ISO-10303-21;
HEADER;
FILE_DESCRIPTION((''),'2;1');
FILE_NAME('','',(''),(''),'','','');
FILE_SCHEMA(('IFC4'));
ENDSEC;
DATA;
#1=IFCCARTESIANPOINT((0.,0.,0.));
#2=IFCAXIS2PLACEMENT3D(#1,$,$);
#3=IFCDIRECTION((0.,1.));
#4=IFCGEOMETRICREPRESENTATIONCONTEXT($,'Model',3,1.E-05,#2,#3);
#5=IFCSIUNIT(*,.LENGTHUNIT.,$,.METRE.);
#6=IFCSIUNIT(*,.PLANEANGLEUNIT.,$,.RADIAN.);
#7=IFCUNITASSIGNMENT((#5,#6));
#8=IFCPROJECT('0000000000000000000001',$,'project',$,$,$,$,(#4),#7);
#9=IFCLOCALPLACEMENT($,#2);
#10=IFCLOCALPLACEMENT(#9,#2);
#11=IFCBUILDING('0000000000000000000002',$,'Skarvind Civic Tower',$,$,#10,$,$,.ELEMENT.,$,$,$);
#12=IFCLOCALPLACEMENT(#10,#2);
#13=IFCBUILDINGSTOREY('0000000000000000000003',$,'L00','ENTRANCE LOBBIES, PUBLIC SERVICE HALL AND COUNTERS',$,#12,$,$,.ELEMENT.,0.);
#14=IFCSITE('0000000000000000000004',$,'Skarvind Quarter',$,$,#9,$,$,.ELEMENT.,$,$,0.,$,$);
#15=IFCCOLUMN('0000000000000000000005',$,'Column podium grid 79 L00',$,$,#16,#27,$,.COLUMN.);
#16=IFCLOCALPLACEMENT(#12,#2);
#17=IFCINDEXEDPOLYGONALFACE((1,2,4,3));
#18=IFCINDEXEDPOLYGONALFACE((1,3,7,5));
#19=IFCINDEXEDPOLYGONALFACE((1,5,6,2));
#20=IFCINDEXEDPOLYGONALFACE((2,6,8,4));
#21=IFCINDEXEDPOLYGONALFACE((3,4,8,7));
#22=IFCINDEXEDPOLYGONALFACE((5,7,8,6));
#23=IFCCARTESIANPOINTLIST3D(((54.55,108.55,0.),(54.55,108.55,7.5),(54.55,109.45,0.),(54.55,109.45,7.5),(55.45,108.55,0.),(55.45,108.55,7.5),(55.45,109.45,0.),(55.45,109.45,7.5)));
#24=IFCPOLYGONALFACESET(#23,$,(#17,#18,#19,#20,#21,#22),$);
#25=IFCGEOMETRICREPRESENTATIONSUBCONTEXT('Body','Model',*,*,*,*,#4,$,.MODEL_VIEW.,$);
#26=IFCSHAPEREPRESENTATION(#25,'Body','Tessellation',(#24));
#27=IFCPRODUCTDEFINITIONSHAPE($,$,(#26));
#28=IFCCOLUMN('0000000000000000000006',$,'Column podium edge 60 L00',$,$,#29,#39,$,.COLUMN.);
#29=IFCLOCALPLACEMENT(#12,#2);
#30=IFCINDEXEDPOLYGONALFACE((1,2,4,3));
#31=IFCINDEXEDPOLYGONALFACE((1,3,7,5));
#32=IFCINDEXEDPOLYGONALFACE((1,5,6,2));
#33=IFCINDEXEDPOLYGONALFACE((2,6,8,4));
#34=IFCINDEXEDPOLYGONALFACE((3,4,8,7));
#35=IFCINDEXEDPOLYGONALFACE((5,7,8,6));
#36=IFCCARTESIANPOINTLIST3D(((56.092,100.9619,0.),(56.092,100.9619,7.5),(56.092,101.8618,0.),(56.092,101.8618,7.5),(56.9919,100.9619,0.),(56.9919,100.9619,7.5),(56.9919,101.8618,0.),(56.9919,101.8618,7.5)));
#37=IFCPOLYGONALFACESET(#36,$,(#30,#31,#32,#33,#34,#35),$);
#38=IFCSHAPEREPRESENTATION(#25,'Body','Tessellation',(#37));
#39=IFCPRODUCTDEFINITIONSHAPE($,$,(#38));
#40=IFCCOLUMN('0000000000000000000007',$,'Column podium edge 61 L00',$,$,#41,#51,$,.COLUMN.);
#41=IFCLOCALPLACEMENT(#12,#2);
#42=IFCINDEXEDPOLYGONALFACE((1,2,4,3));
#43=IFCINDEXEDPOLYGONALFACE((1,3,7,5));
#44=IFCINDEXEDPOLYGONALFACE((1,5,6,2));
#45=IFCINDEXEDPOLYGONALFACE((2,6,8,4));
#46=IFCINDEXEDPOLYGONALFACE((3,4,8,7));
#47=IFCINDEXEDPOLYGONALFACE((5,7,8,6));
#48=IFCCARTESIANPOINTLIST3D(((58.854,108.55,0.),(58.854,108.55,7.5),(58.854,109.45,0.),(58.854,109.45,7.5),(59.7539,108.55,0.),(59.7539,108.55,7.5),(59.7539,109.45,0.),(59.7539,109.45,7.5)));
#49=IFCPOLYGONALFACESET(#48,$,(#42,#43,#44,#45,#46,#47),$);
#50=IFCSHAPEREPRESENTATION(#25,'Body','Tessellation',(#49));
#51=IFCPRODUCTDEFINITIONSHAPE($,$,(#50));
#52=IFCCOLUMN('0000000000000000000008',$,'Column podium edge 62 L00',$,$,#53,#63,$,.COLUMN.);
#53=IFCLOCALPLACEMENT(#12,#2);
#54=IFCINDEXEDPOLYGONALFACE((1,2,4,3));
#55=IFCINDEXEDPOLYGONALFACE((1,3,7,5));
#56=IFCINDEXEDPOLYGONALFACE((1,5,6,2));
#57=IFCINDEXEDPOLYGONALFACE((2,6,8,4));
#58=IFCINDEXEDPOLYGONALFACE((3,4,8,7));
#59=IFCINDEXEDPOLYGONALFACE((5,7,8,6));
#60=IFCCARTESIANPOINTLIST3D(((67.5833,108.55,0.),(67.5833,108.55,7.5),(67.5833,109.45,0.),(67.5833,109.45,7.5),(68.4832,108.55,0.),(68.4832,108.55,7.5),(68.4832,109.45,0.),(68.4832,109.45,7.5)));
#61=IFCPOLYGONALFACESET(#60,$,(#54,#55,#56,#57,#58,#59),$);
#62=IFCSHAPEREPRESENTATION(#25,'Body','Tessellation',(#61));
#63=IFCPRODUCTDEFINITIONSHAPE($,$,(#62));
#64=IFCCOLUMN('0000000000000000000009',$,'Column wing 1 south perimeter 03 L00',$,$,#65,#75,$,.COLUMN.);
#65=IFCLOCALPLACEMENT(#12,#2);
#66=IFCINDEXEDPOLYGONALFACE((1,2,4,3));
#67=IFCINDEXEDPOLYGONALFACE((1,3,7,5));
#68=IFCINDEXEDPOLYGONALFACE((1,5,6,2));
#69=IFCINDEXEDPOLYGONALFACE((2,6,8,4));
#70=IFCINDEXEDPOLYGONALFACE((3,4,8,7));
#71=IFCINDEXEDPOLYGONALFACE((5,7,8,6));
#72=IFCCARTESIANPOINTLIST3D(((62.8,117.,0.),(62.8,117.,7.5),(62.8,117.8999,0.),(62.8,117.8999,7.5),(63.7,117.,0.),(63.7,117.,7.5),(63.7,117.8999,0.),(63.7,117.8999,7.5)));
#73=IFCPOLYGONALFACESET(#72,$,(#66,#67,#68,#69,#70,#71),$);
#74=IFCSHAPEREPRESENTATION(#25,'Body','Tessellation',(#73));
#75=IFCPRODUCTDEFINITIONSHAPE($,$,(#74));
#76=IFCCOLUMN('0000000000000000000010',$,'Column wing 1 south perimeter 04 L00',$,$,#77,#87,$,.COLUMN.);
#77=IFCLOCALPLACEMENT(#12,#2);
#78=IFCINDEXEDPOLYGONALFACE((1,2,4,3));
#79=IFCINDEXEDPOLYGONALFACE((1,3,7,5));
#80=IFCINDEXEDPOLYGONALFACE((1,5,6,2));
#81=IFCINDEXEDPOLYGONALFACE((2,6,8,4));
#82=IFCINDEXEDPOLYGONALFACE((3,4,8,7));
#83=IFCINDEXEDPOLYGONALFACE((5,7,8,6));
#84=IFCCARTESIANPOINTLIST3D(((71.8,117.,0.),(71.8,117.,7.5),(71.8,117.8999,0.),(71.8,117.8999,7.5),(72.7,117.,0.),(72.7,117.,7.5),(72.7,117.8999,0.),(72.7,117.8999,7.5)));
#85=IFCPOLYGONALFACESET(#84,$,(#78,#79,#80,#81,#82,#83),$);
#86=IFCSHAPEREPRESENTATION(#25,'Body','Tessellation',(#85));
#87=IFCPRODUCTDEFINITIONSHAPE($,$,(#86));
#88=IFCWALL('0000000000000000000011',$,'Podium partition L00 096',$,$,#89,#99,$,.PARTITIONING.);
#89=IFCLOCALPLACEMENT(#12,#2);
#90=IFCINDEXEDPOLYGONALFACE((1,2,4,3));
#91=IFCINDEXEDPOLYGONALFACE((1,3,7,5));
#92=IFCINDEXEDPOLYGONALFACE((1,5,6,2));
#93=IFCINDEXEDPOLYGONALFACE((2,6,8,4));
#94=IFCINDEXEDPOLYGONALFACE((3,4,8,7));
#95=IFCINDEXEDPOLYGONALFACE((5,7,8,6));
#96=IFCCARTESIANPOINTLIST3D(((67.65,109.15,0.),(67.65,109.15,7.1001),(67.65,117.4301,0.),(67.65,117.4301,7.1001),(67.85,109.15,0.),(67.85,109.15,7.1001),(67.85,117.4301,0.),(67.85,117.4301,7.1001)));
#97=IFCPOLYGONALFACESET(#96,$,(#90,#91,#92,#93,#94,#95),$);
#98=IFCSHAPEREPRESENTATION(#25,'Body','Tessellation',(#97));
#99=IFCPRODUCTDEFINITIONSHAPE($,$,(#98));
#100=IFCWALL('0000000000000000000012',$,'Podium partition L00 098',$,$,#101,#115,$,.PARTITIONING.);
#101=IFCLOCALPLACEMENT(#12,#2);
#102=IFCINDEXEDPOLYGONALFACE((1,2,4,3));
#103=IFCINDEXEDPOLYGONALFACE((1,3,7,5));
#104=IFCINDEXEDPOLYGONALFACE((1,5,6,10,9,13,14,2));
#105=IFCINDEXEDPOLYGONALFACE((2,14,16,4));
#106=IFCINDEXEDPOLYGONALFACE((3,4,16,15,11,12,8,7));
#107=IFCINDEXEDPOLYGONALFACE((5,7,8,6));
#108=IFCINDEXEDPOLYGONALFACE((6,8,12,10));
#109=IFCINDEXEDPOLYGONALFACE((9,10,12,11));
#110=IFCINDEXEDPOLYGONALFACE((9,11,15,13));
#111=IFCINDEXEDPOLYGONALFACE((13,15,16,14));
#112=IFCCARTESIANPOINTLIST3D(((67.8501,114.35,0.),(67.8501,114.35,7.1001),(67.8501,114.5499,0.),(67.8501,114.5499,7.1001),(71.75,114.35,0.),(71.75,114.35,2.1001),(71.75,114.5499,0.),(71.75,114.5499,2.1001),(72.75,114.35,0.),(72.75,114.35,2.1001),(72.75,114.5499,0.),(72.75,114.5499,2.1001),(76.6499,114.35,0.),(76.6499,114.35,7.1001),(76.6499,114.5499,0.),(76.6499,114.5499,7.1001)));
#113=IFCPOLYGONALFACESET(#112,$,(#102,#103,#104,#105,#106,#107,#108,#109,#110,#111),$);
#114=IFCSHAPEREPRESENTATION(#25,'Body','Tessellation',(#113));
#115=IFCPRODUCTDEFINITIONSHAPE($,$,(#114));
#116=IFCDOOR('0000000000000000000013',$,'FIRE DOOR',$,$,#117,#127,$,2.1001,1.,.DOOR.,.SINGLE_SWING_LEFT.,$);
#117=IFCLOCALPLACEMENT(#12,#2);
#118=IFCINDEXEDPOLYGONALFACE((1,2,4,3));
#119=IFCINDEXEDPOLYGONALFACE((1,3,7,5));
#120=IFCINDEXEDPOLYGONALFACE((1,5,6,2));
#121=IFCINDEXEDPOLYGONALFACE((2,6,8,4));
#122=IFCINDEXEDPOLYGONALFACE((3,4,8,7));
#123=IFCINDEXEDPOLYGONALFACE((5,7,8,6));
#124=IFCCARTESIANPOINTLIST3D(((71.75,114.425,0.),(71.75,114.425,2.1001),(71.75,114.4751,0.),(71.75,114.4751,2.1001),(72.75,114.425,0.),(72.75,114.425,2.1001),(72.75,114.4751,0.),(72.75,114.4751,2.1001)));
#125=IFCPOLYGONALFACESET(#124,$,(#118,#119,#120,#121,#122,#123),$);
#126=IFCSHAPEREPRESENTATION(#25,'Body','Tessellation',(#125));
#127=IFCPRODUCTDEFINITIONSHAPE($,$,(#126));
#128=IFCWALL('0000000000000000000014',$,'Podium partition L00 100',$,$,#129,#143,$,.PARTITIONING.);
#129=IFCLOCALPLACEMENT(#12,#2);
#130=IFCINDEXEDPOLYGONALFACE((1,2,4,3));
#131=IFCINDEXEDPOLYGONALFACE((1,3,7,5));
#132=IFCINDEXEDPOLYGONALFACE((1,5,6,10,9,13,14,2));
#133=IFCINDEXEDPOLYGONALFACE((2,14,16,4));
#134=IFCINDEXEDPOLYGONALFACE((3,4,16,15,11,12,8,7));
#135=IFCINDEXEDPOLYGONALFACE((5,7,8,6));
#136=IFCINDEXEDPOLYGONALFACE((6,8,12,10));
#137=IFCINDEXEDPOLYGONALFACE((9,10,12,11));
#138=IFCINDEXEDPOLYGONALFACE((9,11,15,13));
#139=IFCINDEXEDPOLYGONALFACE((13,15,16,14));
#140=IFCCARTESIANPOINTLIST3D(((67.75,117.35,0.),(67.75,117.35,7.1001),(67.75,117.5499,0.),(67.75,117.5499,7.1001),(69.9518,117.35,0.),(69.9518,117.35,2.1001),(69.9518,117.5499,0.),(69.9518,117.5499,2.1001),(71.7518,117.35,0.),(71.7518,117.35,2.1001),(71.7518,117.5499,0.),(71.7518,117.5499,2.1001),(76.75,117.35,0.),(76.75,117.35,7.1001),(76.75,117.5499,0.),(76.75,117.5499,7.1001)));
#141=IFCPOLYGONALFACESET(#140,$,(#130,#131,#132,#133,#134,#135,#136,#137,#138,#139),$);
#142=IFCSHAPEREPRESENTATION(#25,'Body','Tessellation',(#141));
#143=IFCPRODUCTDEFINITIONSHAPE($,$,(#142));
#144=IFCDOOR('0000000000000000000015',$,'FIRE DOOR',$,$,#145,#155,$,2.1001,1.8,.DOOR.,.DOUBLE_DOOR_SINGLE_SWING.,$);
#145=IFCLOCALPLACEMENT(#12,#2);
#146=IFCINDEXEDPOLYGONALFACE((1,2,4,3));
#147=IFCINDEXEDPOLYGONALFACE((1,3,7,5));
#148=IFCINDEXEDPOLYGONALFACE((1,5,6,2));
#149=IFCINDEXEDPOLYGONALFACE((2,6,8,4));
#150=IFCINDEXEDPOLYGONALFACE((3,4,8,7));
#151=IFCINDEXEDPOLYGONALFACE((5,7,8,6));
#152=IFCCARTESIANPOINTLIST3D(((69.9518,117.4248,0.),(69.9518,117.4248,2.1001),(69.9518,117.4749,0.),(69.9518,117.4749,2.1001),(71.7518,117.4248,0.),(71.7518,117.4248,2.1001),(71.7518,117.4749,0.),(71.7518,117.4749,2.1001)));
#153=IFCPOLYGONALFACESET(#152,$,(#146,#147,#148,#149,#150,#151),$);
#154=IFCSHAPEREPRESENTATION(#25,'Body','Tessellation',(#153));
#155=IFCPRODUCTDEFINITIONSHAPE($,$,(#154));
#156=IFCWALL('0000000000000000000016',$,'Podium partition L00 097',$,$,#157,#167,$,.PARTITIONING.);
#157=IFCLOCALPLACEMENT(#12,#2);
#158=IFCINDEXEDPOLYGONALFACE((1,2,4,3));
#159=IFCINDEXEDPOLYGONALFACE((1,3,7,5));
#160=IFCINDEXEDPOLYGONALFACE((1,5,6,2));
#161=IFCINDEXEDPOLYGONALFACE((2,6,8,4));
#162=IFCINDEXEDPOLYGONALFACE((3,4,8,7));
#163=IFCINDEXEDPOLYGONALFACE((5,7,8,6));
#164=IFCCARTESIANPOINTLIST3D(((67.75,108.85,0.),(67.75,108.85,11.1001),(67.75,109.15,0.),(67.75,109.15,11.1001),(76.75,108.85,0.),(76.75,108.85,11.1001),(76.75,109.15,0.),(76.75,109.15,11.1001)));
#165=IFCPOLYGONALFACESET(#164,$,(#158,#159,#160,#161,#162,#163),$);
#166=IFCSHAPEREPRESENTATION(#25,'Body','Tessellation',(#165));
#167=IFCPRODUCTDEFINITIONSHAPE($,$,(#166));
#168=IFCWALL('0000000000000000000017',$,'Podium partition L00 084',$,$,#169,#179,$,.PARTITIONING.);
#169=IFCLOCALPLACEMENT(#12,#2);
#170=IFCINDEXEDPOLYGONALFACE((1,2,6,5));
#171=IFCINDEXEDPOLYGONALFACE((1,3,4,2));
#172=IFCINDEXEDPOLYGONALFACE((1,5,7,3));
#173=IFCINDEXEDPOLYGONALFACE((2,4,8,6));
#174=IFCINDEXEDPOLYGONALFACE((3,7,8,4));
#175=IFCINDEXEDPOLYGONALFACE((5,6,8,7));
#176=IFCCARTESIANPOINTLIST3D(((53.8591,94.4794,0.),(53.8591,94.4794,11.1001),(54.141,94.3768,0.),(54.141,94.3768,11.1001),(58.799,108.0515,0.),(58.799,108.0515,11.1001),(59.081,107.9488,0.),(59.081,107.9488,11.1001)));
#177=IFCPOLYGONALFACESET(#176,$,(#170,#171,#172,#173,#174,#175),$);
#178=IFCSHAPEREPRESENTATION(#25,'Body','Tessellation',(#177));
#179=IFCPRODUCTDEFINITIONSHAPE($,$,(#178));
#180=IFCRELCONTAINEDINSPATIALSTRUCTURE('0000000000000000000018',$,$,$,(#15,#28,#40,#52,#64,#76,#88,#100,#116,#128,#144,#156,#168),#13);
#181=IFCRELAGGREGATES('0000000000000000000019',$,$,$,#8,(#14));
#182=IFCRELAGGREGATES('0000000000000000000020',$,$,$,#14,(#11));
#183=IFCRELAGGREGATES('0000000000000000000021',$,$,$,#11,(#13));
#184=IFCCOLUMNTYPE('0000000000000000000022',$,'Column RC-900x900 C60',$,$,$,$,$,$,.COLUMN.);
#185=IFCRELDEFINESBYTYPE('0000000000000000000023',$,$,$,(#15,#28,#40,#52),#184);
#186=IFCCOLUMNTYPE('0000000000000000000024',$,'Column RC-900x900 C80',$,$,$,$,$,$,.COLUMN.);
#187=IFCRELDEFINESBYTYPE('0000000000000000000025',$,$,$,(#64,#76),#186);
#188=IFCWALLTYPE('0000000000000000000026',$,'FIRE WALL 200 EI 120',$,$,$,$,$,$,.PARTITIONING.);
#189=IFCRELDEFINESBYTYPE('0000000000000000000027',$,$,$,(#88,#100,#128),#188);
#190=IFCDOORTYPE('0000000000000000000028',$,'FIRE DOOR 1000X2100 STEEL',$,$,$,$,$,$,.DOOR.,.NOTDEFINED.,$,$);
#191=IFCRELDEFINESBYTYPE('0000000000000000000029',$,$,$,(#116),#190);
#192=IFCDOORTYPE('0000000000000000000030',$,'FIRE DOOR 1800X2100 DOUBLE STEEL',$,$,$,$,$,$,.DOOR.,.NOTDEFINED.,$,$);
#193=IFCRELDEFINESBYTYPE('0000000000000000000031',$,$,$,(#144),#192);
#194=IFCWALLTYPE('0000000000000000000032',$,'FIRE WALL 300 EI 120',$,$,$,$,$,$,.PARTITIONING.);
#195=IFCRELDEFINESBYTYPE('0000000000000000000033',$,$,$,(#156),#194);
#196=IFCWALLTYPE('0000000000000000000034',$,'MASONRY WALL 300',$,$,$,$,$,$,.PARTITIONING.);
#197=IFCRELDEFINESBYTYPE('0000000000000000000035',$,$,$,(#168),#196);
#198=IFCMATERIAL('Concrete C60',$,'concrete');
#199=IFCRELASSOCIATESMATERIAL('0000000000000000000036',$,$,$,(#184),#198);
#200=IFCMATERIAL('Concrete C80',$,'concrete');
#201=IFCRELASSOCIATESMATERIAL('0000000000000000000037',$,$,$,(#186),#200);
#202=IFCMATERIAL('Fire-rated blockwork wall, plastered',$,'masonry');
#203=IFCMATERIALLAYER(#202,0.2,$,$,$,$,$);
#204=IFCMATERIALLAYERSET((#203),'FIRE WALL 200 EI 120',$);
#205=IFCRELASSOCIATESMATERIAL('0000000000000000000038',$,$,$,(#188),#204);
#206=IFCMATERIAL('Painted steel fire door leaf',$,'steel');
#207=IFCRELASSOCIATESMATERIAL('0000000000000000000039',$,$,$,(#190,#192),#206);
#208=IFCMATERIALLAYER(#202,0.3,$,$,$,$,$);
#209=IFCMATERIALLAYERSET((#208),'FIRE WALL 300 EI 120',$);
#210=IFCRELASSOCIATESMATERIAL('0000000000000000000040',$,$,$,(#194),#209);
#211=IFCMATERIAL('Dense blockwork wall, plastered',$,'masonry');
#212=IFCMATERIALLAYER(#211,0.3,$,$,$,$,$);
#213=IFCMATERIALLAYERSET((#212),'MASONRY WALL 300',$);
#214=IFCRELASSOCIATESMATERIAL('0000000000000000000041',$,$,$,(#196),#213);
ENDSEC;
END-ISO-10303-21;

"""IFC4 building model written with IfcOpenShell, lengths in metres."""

from ifc_helpers import new_model, si_unit, direction, frame, frame_2d, origin, origin_2d, place, context, subcontext, project, spatial, rectangle, extrude, material, layer, layer_set, material_profile, profile_set, type_object, element, fill, save


model = new_model("IFC4")

# Units and contexts
model_context = context("Model", 3, precision=1e-05, world=origin(), true_north=direction((0.0, 1.0)))
body_context = subcontext(model_context, "Body", "Model", "MODEL_VIEW")
ifc_project = project(units=[si_unit("LENGTHUNIT", "METRE"), si_unit("PLANEANGLEUNIT", "RADIAN")], contexts=[model_context])

# Site, building, storey
site_placement = place(None, origin())
site = spatial("IfcSite", under=ifc_project, at=site_placement, Name="Skarvind Quarter", CompositionType="ELEMENT", RefElevation=0.0)
building_placement = place(site_placement, origin())
building = spatial("IfcBuilding", under=site, at=building_placement, Name="Skarvind Civic Tower", CompositionType="ELEMENT")
storey_placement = place(building_placement, origin())
storey = spatial("IfcBuildingStorey", under=building, at=storey_placement, Name="L00", Description="ENTRANCE LOBBIES, PUBLIC SERVICE HALL AND COUNTERS", CompositionType="ELEMENT", Elevation=0.0)

# Columns
ifc_material_1 = material(Name="Concrete C60", Category="concrete")
ifc_material_profile_1 = material_profile(ifc_material_1, rectangle(XDim=0.8999, YDim=0.8999, at=origin_2d()), Name="RC-900x900")
ifc_profile_set_1 = profile_set([ifc_material_profile_1], Name="Concrete C60")
column_type_1 = type_object("IfcColumnType", Name="Column RC-900x900 C60", PredefinedType="COLUMN", material=ifc_profile_set_1)
for number, where, z_axis, x_axis, name in (
    (1, (55.0, 109.0, 0.0), (0.0, 0.0, 1.0), (1.0, 0.0, 0.0), "Column podium grid 79 L00"),
    (2, (56.542, 101.4119, 0.0), (0.0, 0.0, 1.0), (1.0, 0.0, 0.0), "Column podium edge 60 L00"),
    (3, (59.304, 109.0, 0.0), (0.0, 0.0, 1.0), (1.0, 0.0, 0.0), "Column podium edge 61 L00"),
    (4, (68.0332, 109.0, 0.0), (0.0, 0.0, 1.0), (1.0, 0.0, 0.0), "Column podium edge 62 L00"),
):
    element("IfcColumn", number, at=place(storey_placement, frame(where, z_axis=z_axis, x_axis=x_axis)), inside=storey, type_object=column_type_1, Name=name, PredefinedType="COLUMN", context=body_context, shape_type="SweptSolid", body=[
        extrude(rectangle(XDim=0.8999, YDim=0.8999, at=origin_2d()), origin(), (0.0, 0.0, 1.0), 7.5),
    ])
ifc_material_2 = material(Name="Concrete C80", Category="concrete")
ifc_material_profile_2 = material_profile(ifc_material_2, rectangle(XDim=0.8999, YDim=0.8999, at=origin_2d()), Name="RC-900x900")
ifc_profile_set_2 = profile_set([ifc_material_profile_2], Name="Concrete C80")
column_type_2 = type_object("IfcColumnType", Name="Column RC-900x900 C80", PredefinedType="COLUMN", material=ifc_profile_set_2)
for number, where, z_axis, x_axis, name in (
    (5, (63.25, 117.45, 0.0), (0.0, 0.0, 1.0), (1.0, 0.0, 0.0), "Column wing 1 south perimeter 03 L00"),
    (6, (72.25, 117.45, 0.0), (0.0, 0.0, 1.0), (1.0, 0.0, 0.0), "Column wing 1 south perimeter 04 L00"),
):
    element("IfcColumn", number, at=place(storey_placement, frame(where, z_axis=z_axis, x_axis=x_axis)), inside=storey, type_object=column_type_2, Name=name, PredefinedType="COLUMN", context=body_context, shape_type="SweptSolid", body=[
        extrude(rectangle(XDim=0.8999, YDim=0.8999, at=origin_2d()), origin(), (0.0, 0.0, 1.0), 7.5),
    ])

# Wall
ifc_material_3 = material(Name="Fire-rated blockwork wall, plastered", Category="masonry")
ifc_layer_1 = layer(ifc_material_3, 0.2)
ifc_layer_set_1 = layer_set([ifc_layer_1], Name="FIRE WALL 200 EI 120")
wall_type_1 = type_object("IfcWallType", Name="FIRE WALL 200 EI 120", PredefinedType="PARTITIONING", material=ifc_layer_set_1)
wall_1_placement = place(storey_placement, frame((67.75, 109.1499, 0.0), z_axis=(0.0, 0.0, 1.0), x_axis=(0.0, 1.0, 0.0)))
element("IfcWall", 7, at=wall_1_placement, inside=storey, type_object=wall_type_1, Name="Podium partition L00 096", PredefinedType="PARTITIONING", context=body_context, shape_type="SweptSolid", body=[
    extrude(rectangle(XDim=8.28, YDim=0.2, at=frame_2d((4.1401, 0.0))), origin(), (0.0, 0.0, 1.0), 7.1001),
])

# Walls, openings, doors
wall_2_placement = place(storey_placement, frame((76.6499, 114.45, 0.0), z_axis=(0.0, 0.0, 1.0), x_axis=(-1.0, 0.0, 0.0)))
wall_2 = element("IfcWall", 8, at=wall_2_placement, inside=storey, type_object=wall_type_1, Name="Podium partition L00 098", PredefinedType="PARTITIONING", context=body_context, shape_type="SweptSolid", body=[
    extrude(rectangle(XDim=8.7998, YDim=0.2, at=frame_2d((4.3999, 0.0))), origin(), (0.0, 0.0, 1.0), 7.1001),
])
opening_1_placement = place(wall_2_placement, frame((3.8999, 0.0, 0.0)))
opening_1 = element("IfcOpeningElement", 9, at=opening_1_placement, cuts=wall_2, PredefinedType="OPENING", context=body_context, shape_type="SweptSolid", body=[
    extrude(rectangle(XDim=1.0, YDim=2.1001, at=frame_2d((0.5, 1.05))), frame((0.0, 0.1099, 0.0), z_axis=(0.0, -1.0, 0.0), x_axis=(1.0, 0.0, 0.0)), (0.0, 0.0, 1.0), 0.22),
])
ifc_material_4 = material(Name="Painted steel fire door leaf", Category="steel")
door_type_1 = type_object("IfcDoorType", Name="FIRE DOOR 1000X2100 STEEL", OperationType="NOTDEFINED", PredefinedType="DOOR", material=ifc_material_4)
door_1_placement = place(opening_1_placement, origin())
door_1 = element("IfcDoor", 10, at=door_1_placement, inside=storey, type_object=door_type_1, Name="FIRE DOOR", OperationType="SINGLE_SWING_LEFT", OverallHeight=2.1001, OverallWidth=1.0, PredefinedType="DOOR", context=body_context, shape_type="SweptSolid", body=[
    extrude(rectangle(XDim=1.0, YDim=2.1001, at=frame_2d((0.5, 1.05))), frame((0.0, 0.0249, 0.0), z_axis=(0.0, -1.0, 0.0), x_axis=(1.0, 0.0, 0.0)), (0.0, 0.0, 1.0), 0.05),
])
fill(opening_1, door_1)
wall_3_placement = place(storey_placement, frame((67.75, 117.45, 0.0), z_axis=(0.0, 0.0, 1.0), x_axis=(1.0, 0.0, 0.0)))
wall_3 = element("IfcWall", 11, at=wall_3_placement, inside=storey, type_object=wall_type_1, Name="Podium partition L00 100", PredefinedType="PARTITIONING", context=body_context, shape_type="SweptSolid", body=[
    extrude(rectangle(XDim=9.0, YDim=0.2, at=frame_2d((4.5, 0.0))), origin(), (0.0, 0.0, 1.0), 7.1001),
])
opening_2_placement = place(wall_3_placement, frame((2.2019, 0.0, 0.0)))
opening_2 = element("IfcOpeningElement", 12, at=opening_2_placement, cuts=wall_3, PredefinedType="OPENING", context=body_context, shape_type="SweptSolid", body=[
    extrude(rectangle(XDim=1.8, YDim=2.1001, at=frame_2d((0.8999, 1.05))), frame((0.0, 0.1099, 0.0), z_axis=(0.0, -1.0, 0.0), x_axis=(1.0, 0.0, 0.0)), (0.0, 0.0, 1.0), 0.22),
])
door_type_2 = type_object("IfcDoorType", Name="FIRE DOOR 1800X2100 DOUBLE STEEL", OperationType="NOTDEFINED", PredefinedType="DOOR", material=ifc_material_4)
door_2_placement = place(opening_2_placement, origin())
door_2 = element("IfcDoor", 13, at=door_2_placement, inside=storey, type_object=door_type_2, Name="FIRE DOOR", OperationType="DOUBLE_DOOR_SINGLE_SWING", OverallHeight=2.1001, OverallWidth=1.8, PredefinedType="DOOR", context=body_context, shape_type="SweptSolid", body=[
    extrude(rectangle(XDim=1.8, YDim=2.1001, at=frame_2d((0.8999, 1.05))), frame((0.0, 0.0249, 0.0), z_axis=(0.0, -1.0, 0.0), x_axis=(1.0, 0.0, 0.0)), (0.0, 0.0, 1.0), 0.05),
])
fill(opening_2, door_2)

# Walls
ifc_layer_2 = layer(ifc_material_3, 0.3)
ifc_layer_set_2 = layer_set([ifc_layer_2], Name="FIRE WALL 300 EI 120")
wall_type_2 = type_object("IfcWallType", Name="FIRE WALL 300 EI 120", PredefinedType="PARTITIONING", material=ifc_layer_set_2)
wall_4_placement = place(storey_placement, frame((67.75, 109.0, 0.0), z_axis=(0.0, 0.0, 1.0), x_axis=(1.0, 0.0, 0.0)))
element("IfcWall", 14, at=wall_4_placement, inside=storey, type_object=wall_type_2, Name="Podium partition L00 097", PredefinedType="PARTITIONING", context=body_context, shape_type="SweptSolid", body=[
    extrude(rectangle(XDim=9.0, YDim=0.3, at=frame_2d((4.5, 0.0))), origin(), (0.0, 0.0, 1.0), 11.1001),
])
ifc_material_5 = material(Name="Dense blockwork wall, plastered", Category="masonry")
ifc_layer_3 = layer(ifc_material_5, 0.3)
ifc_layer_set_3 = layer_set([ifc_layer_3], Name="MASONRY WALL 300")
wall_type_3 = type_object("IfcWallType", Name="MASONRY WALL 300", PredefinedType="PARTITIONING", material=ifc_layer_set_3)
wall_5_placement = place(storey_placement, frame((54.0, 94.428, 0.0), z_axis=(0.0, 0.0, 1.0), x_axis=(0.342028, 0.93969, 0.0)))
element("IfcWall", 15, at=wall_5_placement, inside=storey, type_object=wall_type_3, Name="Podium partition L00 084", PredefinedType="PARTITIONING", context=body_context, shape_type="SweptSolid", body=[
    extrude(rectangle(XDim=14.4431, YDim=0.3, at=frame_2d((7.2217, 0.0))), origin(), (0.0, 0.0, 1.0), 11.1001),
])

save(model, "model.ifc")
